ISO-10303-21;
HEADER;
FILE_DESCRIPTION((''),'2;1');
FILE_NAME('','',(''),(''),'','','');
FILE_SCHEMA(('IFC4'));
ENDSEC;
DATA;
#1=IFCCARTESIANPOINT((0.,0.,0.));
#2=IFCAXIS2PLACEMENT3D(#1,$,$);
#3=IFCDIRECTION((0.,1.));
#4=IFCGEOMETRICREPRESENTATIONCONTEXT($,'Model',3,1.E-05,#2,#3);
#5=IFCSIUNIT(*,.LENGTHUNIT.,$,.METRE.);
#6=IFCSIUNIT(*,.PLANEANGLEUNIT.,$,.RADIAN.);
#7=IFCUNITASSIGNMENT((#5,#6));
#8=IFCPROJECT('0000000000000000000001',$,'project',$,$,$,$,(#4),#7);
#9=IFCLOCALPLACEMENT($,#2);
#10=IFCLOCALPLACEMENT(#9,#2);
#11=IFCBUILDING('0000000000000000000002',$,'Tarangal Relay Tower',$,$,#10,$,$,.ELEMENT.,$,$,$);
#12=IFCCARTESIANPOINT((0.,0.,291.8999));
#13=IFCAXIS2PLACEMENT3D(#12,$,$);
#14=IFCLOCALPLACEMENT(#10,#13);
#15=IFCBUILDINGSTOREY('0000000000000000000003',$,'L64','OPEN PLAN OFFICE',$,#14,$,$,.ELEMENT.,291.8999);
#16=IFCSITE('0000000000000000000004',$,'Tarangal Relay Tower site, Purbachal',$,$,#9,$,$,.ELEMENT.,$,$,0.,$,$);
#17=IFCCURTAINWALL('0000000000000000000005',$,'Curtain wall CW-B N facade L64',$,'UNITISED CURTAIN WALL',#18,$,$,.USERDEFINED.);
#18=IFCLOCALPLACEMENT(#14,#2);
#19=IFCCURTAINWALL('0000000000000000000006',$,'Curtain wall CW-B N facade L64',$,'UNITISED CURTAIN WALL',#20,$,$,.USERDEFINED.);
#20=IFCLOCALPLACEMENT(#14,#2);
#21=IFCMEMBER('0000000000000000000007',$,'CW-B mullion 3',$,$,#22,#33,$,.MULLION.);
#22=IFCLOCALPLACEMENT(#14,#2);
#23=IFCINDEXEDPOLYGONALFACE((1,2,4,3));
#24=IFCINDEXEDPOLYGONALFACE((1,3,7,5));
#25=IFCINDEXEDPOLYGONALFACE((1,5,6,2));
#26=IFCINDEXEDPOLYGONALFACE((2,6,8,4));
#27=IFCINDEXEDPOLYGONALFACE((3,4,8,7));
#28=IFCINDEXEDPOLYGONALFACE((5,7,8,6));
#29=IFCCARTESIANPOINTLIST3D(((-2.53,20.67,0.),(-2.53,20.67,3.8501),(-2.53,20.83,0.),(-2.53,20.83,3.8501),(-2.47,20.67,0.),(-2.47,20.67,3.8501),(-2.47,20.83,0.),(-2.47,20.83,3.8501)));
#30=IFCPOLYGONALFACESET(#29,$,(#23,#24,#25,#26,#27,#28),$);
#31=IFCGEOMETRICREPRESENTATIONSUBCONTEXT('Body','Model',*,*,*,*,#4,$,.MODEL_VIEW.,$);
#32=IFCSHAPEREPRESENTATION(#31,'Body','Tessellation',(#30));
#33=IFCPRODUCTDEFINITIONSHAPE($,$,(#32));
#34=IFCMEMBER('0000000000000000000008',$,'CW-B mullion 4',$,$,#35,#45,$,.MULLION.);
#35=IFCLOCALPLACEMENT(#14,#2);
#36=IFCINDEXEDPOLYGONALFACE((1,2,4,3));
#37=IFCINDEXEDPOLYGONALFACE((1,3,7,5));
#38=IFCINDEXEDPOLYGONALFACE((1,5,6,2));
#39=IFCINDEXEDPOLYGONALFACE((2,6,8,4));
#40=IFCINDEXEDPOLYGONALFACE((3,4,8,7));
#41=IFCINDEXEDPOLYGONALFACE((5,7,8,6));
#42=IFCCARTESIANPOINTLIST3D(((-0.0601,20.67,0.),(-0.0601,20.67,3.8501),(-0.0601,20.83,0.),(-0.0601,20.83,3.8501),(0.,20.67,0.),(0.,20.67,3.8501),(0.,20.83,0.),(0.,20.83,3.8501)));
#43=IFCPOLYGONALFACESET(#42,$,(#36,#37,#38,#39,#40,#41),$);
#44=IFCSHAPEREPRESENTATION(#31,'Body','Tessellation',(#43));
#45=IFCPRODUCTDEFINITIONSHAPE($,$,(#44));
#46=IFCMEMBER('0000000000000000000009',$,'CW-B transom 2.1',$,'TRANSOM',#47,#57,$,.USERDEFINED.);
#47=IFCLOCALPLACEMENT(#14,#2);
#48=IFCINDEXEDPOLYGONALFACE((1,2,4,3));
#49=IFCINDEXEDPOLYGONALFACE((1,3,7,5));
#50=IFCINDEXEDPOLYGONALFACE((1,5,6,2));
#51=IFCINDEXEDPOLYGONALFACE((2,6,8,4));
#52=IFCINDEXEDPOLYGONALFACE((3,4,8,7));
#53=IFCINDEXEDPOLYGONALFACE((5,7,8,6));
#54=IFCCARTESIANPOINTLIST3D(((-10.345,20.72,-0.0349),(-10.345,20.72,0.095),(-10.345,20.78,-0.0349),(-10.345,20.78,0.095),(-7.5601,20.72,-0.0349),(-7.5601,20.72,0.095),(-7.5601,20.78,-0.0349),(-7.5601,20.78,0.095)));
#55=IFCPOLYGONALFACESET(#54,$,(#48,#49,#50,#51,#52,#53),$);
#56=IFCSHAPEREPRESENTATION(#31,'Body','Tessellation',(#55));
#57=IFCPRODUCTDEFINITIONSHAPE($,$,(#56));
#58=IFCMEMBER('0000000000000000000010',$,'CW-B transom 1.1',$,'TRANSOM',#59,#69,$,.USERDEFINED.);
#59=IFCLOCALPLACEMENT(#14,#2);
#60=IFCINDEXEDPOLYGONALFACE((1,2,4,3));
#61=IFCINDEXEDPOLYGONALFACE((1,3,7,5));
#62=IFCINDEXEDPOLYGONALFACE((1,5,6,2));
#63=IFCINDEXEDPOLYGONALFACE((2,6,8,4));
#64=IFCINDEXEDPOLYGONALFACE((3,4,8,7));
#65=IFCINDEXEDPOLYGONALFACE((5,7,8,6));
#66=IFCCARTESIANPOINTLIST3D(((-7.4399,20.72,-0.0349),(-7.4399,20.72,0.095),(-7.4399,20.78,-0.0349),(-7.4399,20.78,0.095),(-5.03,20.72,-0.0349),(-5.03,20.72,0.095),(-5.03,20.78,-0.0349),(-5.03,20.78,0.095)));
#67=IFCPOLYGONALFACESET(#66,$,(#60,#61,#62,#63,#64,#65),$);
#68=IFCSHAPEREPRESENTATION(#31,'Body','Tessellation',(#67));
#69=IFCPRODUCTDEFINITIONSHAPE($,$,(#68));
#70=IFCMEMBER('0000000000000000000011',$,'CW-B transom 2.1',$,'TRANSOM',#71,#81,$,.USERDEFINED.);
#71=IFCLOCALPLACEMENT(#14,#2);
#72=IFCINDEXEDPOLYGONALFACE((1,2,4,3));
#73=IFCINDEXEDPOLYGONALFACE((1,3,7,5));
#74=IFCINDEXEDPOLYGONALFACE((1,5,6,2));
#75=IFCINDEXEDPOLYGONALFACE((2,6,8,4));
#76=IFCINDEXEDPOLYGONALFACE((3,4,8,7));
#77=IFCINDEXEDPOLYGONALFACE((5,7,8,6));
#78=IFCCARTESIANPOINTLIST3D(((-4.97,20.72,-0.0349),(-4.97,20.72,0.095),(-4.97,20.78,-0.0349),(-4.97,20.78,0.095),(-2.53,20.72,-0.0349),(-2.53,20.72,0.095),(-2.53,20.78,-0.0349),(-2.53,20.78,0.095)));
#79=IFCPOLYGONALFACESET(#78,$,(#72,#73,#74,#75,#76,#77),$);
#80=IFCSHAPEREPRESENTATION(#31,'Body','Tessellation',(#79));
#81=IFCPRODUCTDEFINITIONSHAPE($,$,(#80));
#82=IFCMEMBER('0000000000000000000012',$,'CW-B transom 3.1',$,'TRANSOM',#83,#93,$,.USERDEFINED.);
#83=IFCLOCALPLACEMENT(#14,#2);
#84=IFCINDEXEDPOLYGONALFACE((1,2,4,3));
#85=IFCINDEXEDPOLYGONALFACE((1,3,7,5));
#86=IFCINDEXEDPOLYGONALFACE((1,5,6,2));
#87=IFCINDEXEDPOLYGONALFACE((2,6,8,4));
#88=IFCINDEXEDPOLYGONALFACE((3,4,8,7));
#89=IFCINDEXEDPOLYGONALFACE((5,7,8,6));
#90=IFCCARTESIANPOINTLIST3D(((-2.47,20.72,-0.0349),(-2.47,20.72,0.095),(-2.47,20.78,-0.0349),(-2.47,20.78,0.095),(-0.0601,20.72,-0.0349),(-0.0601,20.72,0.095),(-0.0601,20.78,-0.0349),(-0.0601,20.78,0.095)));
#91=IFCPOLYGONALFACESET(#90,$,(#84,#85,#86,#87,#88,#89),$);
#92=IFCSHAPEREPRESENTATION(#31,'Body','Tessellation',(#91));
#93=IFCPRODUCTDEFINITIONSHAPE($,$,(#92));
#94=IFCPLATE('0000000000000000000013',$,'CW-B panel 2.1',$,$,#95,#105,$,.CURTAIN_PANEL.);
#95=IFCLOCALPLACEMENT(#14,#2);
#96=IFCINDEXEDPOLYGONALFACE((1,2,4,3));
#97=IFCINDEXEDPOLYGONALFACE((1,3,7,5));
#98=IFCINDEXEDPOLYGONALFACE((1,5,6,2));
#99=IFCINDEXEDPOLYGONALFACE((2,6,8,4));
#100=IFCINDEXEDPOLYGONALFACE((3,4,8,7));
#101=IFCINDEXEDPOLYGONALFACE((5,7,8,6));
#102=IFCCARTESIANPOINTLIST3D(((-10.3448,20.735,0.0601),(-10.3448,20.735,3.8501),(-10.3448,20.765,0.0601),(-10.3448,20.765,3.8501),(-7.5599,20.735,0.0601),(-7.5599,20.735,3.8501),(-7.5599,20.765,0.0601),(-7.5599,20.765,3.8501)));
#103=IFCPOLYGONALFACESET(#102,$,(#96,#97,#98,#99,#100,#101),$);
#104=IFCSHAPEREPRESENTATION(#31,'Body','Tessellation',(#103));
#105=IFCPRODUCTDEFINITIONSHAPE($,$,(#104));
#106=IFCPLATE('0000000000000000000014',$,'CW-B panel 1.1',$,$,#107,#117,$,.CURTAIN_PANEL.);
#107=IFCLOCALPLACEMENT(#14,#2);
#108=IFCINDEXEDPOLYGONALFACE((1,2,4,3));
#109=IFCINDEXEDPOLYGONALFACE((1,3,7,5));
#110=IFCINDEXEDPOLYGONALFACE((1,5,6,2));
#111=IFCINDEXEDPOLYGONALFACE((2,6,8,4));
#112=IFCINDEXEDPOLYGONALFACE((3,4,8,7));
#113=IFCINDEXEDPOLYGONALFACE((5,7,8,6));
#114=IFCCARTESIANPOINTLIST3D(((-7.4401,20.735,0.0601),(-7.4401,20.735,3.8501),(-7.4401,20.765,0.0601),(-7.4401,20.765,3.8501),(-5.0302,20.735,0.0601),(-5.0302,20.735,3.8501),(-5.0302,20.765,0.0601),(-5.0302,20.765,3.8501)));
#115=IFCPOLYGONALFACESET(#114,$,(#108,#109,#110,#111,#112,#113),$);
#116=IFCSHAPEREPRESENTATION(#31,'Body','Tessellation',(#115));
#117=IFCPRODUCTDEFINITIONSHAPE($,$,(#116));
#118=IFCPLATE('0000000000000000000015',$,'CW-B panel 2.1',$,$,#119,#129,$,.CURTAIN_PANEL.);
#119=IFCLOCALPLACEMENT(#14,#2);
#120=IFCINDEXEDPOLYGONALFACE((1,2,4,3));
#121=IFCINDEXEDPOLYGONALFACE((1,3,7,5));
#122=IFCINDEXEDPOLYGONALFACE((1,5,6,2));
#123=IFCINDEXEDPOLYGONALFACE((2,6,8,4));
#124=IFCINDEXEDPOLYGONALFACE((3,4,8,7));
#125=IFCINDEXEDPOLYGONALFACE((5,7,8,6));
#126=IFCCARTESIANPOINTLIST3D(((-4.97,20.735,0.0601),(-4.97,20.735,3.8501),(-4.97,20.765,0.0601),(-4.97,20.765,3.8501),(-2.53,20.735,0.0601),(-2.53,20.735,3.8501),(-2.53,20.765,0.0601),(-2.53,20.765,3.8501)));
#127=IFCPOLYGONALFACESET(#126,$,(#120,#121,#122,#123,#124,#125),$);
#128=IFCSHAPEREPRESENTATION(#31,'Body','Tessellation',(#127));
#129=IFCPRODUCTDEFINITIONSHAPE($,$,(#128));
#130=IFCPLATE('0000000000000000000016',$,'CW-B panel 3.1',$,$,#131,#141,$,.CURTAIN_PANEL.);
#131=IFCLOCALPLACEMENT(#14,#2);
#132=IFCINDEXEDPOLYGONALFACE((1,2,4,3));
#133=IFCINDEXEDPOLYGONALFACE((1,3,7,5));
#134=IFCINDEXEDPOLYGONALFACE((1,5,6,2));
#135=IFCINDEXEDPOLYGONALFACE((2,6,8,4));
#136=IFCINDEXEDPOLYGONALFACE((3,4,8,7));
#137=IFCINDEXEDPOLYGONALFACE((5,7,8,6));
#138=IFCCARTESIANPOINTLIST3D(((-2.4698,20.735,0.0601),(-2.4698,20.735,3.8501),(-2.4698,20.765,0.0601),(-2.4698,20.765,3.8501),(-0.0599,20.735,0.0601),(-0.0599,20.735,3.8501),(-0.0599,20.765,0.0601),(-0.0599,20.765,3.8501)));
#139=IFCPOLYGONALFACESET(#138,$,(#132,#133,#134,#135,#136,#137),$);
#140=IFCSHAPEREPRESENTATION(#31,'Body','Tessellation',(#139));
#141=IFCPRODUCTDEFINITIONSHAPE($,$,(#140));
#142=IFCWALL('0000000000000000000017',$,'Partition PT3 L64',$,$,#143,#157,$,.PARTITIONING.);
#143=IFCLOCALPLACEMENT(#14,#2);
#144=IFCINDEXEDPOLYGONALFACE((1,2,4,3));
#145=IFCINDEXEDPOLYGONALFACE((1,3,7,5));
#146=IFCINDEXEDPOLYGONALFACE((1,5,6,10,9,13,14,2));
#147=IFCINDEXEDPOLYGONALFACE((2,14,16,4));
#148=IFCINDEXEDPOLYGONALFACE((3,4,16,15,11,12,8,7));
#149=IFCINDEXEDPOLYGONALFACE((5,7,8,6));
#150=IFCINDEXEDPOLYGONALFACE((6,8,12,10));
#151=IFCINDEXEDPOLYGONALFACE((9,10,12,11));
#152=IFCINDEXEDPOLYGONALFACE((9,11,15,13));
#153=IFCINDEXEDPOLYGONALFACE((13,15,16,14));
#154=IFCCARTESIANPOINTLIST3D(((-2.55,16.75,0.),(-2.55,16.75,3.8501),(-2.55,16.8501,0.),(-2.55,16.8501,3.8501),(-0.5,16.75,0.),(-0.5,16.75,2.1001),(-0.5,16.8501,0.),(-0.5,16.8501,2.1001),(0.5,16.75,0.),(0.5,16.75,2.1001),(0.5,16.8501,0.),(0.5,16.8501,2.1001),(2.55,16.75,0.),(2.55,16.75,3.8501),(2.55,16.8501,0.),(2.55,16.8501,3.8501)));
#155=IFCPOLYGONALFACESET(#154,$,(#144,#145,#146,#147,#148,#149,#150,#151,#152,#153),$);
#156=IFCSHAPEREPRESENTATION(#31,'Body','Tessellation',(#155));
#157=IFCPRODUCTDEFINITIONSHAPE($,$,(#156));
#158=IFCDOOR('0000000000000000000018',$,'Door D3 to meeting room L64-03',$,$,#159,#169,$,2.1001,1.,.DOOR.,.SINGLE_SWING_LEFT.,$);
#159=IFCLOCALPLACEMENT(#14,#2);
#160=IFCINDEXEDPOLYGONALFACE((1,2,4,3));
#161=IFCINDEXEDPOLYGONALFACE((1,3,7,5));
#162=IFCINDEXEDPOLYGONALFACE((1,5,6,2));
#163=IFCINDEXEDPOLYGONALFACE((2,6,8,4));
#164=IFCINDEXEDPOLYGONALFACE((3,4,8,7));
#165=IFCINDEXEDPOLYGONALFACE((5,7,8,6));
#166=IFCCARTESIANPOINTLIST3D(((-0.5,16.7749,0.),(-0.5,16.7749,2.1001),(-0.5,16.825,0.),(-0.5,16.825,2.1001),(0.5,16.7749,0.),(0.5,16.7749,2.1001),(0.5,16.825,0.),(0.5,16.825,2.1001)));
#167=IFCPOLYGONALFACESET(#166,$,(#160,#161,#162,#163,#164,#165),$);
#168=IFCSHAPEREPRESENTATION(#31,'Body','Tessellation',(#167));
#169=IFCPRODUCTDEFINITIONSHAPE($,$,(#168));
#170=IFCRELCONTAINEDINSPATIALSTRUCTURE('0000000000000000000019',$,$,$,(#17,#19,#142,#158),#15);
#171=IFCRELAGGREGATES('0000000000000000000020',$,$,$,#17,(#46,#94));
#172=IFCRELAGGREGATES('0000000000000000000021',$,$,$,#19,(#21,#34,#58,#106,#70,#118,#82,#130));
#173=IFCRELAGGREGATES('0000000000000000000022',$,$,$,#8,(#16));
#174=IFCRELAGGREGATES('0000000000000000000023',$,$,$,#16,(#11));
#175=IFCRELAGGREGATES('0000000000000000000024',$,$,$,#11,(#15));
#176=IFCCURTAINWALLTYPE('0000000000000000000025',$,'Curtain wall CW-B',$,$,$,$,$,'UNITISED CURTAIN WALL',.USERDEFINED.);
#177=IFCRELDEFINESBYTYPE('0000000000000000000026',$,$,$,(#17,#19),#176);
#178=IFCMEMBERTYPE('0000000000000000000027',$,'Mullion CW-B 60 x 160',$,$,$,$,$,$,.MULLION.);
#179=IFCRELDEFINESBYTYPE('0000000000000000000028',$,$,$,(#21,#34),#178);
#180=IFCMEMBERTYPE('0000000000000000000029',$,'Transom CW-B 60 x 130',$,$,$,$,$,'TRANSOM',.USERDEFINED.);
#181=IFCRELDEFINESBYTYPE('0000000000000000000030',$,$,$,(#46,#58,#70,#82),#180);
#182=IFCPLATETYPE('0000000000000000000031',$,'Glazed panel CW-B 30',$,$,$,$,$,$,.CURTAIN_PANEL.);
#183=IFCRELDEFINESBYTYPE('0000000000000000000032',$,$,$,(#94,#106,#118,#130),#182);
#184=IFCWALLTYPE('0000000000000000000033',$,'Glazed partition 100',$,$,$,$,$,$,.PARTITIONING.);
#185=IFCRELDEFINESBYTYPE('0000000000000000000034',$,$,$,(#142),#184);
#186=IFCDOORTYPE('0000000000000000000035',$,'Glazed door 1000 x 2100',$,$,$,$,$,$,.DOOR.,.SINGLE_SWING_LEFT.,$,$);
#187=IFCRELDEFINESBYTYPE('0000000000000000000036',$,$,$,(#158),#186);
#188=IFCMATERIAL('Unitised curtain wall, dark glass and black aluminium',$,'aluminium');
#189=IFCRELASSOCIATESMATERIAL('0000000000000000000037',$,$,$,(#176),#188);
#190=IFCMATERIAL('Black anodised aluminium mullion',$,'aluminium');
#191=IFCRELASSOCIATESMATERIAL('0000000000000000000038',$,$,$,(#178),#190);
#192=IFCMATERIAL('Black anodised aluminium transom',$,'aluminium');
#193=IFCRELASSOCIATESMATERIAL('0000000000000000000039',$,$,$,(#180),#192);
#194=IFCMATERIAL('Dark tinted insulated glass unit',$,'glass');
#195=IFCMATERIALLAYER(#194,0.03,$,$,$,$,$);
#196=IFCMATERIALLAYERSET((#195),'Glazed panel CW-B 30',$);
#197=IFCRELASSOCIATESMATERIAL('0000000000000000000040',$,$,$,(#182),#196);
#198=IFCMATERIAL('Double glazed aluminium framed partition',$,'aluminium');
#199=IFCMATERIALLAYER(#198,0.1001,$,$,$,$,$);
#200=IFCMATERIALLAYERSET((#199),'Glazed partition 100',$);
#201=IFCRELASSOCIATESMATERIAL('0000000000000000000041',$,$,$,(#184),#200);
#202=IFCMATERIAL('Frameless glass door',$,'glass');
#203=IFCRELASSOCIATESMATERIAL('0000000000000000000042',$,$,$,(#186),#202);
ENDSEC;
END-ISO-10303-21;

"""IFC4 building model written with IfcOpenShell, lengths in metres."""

from ifc_helpers import new_model, si_unit, direction, frame, frame_2d, origin, origin_2d, place, context, subcontext, project, spatial, rectangle, extrude, material, layer, layer_set, material_profile, profile_set, type_object, element, fill, aggregate, save


model = new_model("IFC4")

# Units and contexts
model_context = context("Model", 3, precision=1e-05, world=origin(), true_north=direction((0.0, 1.0)))
body_context = subcontext(model_context, "Body", "Model", "MODEL_VIEW")
ifc_project = project(units=[si_unit("LENGTHUNIT", "METRE"), si_unit("PLANEANGLEUNIT", "RADIAN")], contexts=[model_context])

# Site, building, storey
site_placement = place(None, origin())
site = spatial("IfcSite", under=ifc_project, at=site_placement, Name="Tarangal Relay Tower site, Purbachal", CompositionType="ELEMENT", RefElevation=0.0)
building_placement = place(site_placement, origin())
building = spatial("IfcBuilding", under=site, at=building_placement, Name="Tarangal Relay Tower", CompositionType="ELEMENT")
storey_placement = place(building_placement, frame((0.0, 0.0, 291.8999)))
storey = spatial("IfcBuildingStorey", under=building, at=storey_placement, Name="L64", Description="OPEN PLAN OFFICE", CompositionType="ELEMENT", Elevation=291.8999)

# Curtain walls, members
ifc_material_1 = material(Name="Unitised curtain wall, dark glass and black aluminium", Category="aluminium")
curtain_wall_type = type_object("IfcCurtainWallType", Name="Curtain wall CW-B", ElementType="UNITISED CURTAIN WALL", PredefinedType="USERDEFINED", material=ifc_material_1)
curtain_wall_1_placement = place(storey_placement, origin())
curtain_wall_1 = element("IfcCurtainWall", 1, at=curtain_wall_1_placement, inside=storey, type_object=curtain_wall_type, Name="Curtain wall CW-B N facade L64", ObjectType="UNITISED CURTAIN WALL", PredefinedType="USERDEFINED")
ifc_material_2 = material(Name="Black anodised aluminium mullion", Category="aluminium")
ifc_material_profile_1 = material_profile(ifc_material_2, rectangle(XDim=0.1599, YDim=0.0601, at=origin_2d()), Name="CW-BM 60X160")
ifc_profile_set_1 = profile_set([ifc_material_profile_1], Name="Black anodised aluminium mullion")
member_type_1 = type_object("IfcMemberType", Name="Mullion CW-B 60 x 160", PredefinedType="MULLION", material=ifc_profile_set_1)
curtain_wall_2_placement = place(storey_placement, origin())
curtain_wall_2 = element("IfcCurtainWall", 2, at=curtain_wall_2_placement, inside=storey, type_object=curtain_wall_type, Name="Curtain wall CW-B N facade L64", ObjectType="UNITISED CURTAIN WALL", PredefinedType="USERDEFINED")
member_1_placement = place(storey_placement, frame((-2.5, 20.75, 0.0), z_axis=(0.0, 0.0, 1.0), x_axis=(0.0, 1.0, 0.0)))
member_1 = element("IfcMember", 3, at=member_1_placement, type_object=member_type_1, Name="CW-B mullion 3", PredefinedType="MULLION", context=body_context, shape_type="SweptSolid", body=[
    extrude(rectangle(XDim=0.1599, YDim=0.0601, at=origin_2d()), origin(), (0.0, 0.0, 1.0), 3.8501),
])
member_2_placement = place(storey_placement, frame((-0.03, 20.75, 0.0), z_axis=(0.0, 0.0, 1.0), x_axis=(0.0, 1.0, 0.0)))
member_2 = element("IfcMember", 4, at=member_2_placement, type_object=member_type_1, Name="CW-B mullion 4", PredefinedType="MULLION", context=body_context, shape_type="SweptSolid", body=[
    extrude(rectangle(XDim=0.1599, YDim=0.0601, at=origin_2d()), origin(), (0.0, 0.0, 1.0), 3.8501),
])

# Members
ifc_material_3 = material(Name="Black anodised aluminium transom", Category="aluminium")
ifc_material_profile_2 = material_profile(ifc_material_3, rectangle(XDim=0.0601, YDim=0.1299, at=origin_2d()), Name="CW-BT 60X130")
ifc_profile_set_2 = profile_set([ifc_material_profile_2], Name="Black anodised aluminium transom")
member_type_2 = type_object("IfcMemberType", Name="Transom CW-B 60 x 130", ElementType="TRANSOM", PredefinedType="USERDEFINED", material=ifc_profile_set_2)
member_3_placement = place(storey_placement, frame((-10.345, 20.75, 0.03), z_axis=(1.0, 0.0, 0.0), x_axis=(0.0, 1.0, 0.0)))
member_3 = element("IfcMember", 5, at=member_3_placement, type_object=member_type_2, Name="CW-B transom 2.1", ObjectType="TRANSOM", PredefinedType="USERDEFINED", context=body_context, shape_type="SweptSolid", body=[
    extrude(rectangle(XDim=0.0601, YDim=0.1299, at=origin_2d()), origin(), (0.0, 0.0, 1.0), 2.7849),
])
member_4_placement = place(storey_placement, frame((-7.4399, 20.75, 0.03), z_axis=(1.0, 0.0, 0.0), x_axis=(0.0, 1.0, 0.0)))
member_4 = element("IfcMember", 6, at=member_4_placement, type_object=member_type_2, Name="CW-B transom 1.1", ObjectType="TRANSOM", PredefinedType="USERDEFINED", context=body_context, shape_type="SweptSolid", body=[
    extrude(rectangle(XDim=0.0601, YDim=0.1299, at=origin_2d()), origin(), (0.0, 0.0, 1.0), 2.4099),
])
member_5_placement = place(storey_placement, frame((-4.97, 20.75, 0.03), z_axis=(1.0, 0.0, 0.0), x_axis=(0.0, 1.0, 0.0)))
member_5 = element("IfcMember", 7, at=member_5_placement, type_object=member_type_2, Name="CW-B transom 2.1", ObjectType="TRANSOM", PredefinedType="USERDEFINED", context=body_context, shape_type="SweptSolid", body=[
    extrude(rectangle(XDim=0.0601, YDim=0.1299, at=origin_2d()), origin(), (0.0, 0.0, 1.0), 2.4399),
])
member_6_placement = place(storey_placement, frame((-2.47, 20.75, 0.03), z_axis=(1.0, 0.0, 0.0), x_axis=(0.0, 1.0, 0.0)))
member_6 = element("IfcMember", 8, at=member_6_placement, type_object=member_type_2, Name="CW-B transom 3.1", ObjectType="TRANSOM", PredefinedType="USERDEFINED", context=body_context, shape_type="SweptSolid", body=[
    extrude(rectangle(XDim=0.0601, YDim=0.1299, at=origin_2d()), origin(), (0.0, 0.0, 1.0), 2.4099),
])

# Plates
ifc_material_4 = material(Name="Dark tinted insulated glass unit", Category="glass")
ifc_layer_1 = layer(ifc_material_4, 0.03)
ifc_layer_set_1 = layer_set([ifc_layer_1], Name="Glazed panel CW-B 30")
plate_type = type_object("IfcPlateType", Name="Glazed panel CW-B 30", PredefinedType="CURTAIN_PANEL", material=ifc_layer_set_1)
plate_1_placement = place(storey_placement, frame((-8.9524, 20.75, 0.0601), z_axis=(0.0, 0.0, 1.0), x_axis=(1.0, 0.0, 0.0)))
plate_1 = element("IfcPlate", 9, at=plate_1_placement, type_object=plate_type, Name="CW-B panel 2.1", PredefinedType="CURTAIN_PANEL", context=body_context, shape_type="SweptSolid", body=[
    extrude(rectangle(XDim=2.7849, YDim=0.03, at=origin_2d()), origin(), (0.0, 0.0, 1.0), 3.79),
])
aggregate(curtain_wall_1, [member_3, plate_1])
plate_2_placement = place(storey_placement, frame((-6.2351, 20.75, 0.0601), z_axis=(0.0, 0.0, 1.0), x_axis=(1.0, 0.0, 0.0)))
plate_2 = element("IfcPlate", 10, at=plate_2_placement, type_object=plate_type, Name="CW-B panel 1.1", PredefinedType="CURTAIN_PANEL", context=body_context, shape_type="SweptSolid", body=[
    extrude(rectangle(XDim=2.4099, YDim=0.03, at=origin_2d()), origin(), (0.0, 0.0, 1.0), 3.79),
])
plate_3_placement = place(storey_placement, frame((-3.75, 20.75, 0.0601), z_axis=(0.0, 0.0, 1.0), x_axis=(1.0, 0.0, 0.0)))
plate_3 = element("IfcPlate", 11, at=plate_3_placement, type_object=plate_type, Name="CW-B panel 2.1", PredefinedType="CURTAIN_PANEL", context=body_context, shape_type="SweptSolid", body=[
    extrude(rectangle(XDim=2.4399, YDim=0.03, at=origin_2d()), origin(), (0.0, 0.0, 1.0), 3.79),
])
plate_4_placement = place(storey_placement, frame((-1.2649, 20.75, 0.0601), z_axis=(0.0, 0.0, 1.0), x_axis=(1.0, 0.0, 0.0)))
plate_4 = element("IfcPlate", 12, at=plate_4_placement, type_object=plate_type, Name="CW-B panel 3.1", PredefinedType="CURTAIN_PANEL", context=body_context, shape_type="SweptSolid", body=[
    extrude(rectangle(XDim=2.4099, YDim=0.03, at=origin_2d()), origin(), (0.0, 0.0, 1.0), 3.79),
])
aggregate(curtain_wall_2, [member_1, member_2, member_4, plate_2, member_5, plate_3, member_6, plate_4])

# Wall, opening, door
ifc_material_5 = material(Name="Double glazed aluminium framed partition", Category="aluminium")
ifc_layer_2 = layer(ifc_material_5, 0.1001)
ifc_layer_set_2 = layer_set([ifc_layer_2], Name="Glazed partition 100")
wall_type = type_object("IfcWallType", Name="Glazed partition 100", PredefinedType="PARTITIONING", material=ifc_layer_set_2)
wall_1_placement = place(storey_placement, frame((-2.55, 16.8, 0.0), z_axis=(0.0, 0.0, 1.0), x_axis=(1.0, 0.0, 0.0)))
wall_1 = element("IfcWall", 13, at=wall_1_placement, inside=storey, type_object=wall_type, Name="Partition PT3 L64", PredefinedType="PARTITIONING", context=body_context, shape_type="SweptSolid", body=[
    extrude(rectangle(XDim=5.1001, YDim=0.1001, at=frame_2d((2.55, 0.0))), origin(), (0.0, 0.0, 1.0), 3.8501),
])
opening_1_placement = place(wall_1_placement, frame((2.05, 0.0, 0.0)))
opening_1 = element("IfcOpeningElement", 14, at=opening_1_placement, cuts=wall_1, PredefinedType="OPENING", context=body_context, shape_type="SweptSolid", body=[
    extrude(rectangle(XDim=1.0, YDim=2.1001, at=frame_2d((0.5, 1.05))), frame((0.0, 0.0601, 0.0), z_axis=(0.0, -1.0, 0.0), x_axis=(1.0, 0.0, 0.0)), (0.0, 0.0, 1.0), 0.1201),
])
ifc_material_6 = material(Name="Frameless glass door", Category="glass")
door_type = type_object("IfcDoorType", Name="Glazed door 1000 x 2100", OperationType="SINGLE_SWING_LEFT", PredefinedType="DOOR", material=ifc_material_6)
door_1_placement = place(opening_1_placement, origin())
door_1 = element("IfcDoor", 15, at=door_1_placement, inside=storey, type_object=door_type, Name="Door D3 to meeting room L64-03", OperationType="SINGLE_SWING_LEFT", OverallHeight=2.1001, OverallWidth=1.0, PredefinedType="DOOR", context=body_context, shape_type="SweptSolid", body=[
    extrude(rectangle(XDim=1.0, YDim=2.1001, at=frame_2d((0.5, 1.05))), frame((0.0, 0.0249, 0.0), z_axis=(0.0, -1.0, 0.0), x_axis=(1.0, 0.0, 0.0)), (0.0, 0.0, 1.0), 0.05),
])
fill(opening_1, door_1)

save(model, "model.ifc")
